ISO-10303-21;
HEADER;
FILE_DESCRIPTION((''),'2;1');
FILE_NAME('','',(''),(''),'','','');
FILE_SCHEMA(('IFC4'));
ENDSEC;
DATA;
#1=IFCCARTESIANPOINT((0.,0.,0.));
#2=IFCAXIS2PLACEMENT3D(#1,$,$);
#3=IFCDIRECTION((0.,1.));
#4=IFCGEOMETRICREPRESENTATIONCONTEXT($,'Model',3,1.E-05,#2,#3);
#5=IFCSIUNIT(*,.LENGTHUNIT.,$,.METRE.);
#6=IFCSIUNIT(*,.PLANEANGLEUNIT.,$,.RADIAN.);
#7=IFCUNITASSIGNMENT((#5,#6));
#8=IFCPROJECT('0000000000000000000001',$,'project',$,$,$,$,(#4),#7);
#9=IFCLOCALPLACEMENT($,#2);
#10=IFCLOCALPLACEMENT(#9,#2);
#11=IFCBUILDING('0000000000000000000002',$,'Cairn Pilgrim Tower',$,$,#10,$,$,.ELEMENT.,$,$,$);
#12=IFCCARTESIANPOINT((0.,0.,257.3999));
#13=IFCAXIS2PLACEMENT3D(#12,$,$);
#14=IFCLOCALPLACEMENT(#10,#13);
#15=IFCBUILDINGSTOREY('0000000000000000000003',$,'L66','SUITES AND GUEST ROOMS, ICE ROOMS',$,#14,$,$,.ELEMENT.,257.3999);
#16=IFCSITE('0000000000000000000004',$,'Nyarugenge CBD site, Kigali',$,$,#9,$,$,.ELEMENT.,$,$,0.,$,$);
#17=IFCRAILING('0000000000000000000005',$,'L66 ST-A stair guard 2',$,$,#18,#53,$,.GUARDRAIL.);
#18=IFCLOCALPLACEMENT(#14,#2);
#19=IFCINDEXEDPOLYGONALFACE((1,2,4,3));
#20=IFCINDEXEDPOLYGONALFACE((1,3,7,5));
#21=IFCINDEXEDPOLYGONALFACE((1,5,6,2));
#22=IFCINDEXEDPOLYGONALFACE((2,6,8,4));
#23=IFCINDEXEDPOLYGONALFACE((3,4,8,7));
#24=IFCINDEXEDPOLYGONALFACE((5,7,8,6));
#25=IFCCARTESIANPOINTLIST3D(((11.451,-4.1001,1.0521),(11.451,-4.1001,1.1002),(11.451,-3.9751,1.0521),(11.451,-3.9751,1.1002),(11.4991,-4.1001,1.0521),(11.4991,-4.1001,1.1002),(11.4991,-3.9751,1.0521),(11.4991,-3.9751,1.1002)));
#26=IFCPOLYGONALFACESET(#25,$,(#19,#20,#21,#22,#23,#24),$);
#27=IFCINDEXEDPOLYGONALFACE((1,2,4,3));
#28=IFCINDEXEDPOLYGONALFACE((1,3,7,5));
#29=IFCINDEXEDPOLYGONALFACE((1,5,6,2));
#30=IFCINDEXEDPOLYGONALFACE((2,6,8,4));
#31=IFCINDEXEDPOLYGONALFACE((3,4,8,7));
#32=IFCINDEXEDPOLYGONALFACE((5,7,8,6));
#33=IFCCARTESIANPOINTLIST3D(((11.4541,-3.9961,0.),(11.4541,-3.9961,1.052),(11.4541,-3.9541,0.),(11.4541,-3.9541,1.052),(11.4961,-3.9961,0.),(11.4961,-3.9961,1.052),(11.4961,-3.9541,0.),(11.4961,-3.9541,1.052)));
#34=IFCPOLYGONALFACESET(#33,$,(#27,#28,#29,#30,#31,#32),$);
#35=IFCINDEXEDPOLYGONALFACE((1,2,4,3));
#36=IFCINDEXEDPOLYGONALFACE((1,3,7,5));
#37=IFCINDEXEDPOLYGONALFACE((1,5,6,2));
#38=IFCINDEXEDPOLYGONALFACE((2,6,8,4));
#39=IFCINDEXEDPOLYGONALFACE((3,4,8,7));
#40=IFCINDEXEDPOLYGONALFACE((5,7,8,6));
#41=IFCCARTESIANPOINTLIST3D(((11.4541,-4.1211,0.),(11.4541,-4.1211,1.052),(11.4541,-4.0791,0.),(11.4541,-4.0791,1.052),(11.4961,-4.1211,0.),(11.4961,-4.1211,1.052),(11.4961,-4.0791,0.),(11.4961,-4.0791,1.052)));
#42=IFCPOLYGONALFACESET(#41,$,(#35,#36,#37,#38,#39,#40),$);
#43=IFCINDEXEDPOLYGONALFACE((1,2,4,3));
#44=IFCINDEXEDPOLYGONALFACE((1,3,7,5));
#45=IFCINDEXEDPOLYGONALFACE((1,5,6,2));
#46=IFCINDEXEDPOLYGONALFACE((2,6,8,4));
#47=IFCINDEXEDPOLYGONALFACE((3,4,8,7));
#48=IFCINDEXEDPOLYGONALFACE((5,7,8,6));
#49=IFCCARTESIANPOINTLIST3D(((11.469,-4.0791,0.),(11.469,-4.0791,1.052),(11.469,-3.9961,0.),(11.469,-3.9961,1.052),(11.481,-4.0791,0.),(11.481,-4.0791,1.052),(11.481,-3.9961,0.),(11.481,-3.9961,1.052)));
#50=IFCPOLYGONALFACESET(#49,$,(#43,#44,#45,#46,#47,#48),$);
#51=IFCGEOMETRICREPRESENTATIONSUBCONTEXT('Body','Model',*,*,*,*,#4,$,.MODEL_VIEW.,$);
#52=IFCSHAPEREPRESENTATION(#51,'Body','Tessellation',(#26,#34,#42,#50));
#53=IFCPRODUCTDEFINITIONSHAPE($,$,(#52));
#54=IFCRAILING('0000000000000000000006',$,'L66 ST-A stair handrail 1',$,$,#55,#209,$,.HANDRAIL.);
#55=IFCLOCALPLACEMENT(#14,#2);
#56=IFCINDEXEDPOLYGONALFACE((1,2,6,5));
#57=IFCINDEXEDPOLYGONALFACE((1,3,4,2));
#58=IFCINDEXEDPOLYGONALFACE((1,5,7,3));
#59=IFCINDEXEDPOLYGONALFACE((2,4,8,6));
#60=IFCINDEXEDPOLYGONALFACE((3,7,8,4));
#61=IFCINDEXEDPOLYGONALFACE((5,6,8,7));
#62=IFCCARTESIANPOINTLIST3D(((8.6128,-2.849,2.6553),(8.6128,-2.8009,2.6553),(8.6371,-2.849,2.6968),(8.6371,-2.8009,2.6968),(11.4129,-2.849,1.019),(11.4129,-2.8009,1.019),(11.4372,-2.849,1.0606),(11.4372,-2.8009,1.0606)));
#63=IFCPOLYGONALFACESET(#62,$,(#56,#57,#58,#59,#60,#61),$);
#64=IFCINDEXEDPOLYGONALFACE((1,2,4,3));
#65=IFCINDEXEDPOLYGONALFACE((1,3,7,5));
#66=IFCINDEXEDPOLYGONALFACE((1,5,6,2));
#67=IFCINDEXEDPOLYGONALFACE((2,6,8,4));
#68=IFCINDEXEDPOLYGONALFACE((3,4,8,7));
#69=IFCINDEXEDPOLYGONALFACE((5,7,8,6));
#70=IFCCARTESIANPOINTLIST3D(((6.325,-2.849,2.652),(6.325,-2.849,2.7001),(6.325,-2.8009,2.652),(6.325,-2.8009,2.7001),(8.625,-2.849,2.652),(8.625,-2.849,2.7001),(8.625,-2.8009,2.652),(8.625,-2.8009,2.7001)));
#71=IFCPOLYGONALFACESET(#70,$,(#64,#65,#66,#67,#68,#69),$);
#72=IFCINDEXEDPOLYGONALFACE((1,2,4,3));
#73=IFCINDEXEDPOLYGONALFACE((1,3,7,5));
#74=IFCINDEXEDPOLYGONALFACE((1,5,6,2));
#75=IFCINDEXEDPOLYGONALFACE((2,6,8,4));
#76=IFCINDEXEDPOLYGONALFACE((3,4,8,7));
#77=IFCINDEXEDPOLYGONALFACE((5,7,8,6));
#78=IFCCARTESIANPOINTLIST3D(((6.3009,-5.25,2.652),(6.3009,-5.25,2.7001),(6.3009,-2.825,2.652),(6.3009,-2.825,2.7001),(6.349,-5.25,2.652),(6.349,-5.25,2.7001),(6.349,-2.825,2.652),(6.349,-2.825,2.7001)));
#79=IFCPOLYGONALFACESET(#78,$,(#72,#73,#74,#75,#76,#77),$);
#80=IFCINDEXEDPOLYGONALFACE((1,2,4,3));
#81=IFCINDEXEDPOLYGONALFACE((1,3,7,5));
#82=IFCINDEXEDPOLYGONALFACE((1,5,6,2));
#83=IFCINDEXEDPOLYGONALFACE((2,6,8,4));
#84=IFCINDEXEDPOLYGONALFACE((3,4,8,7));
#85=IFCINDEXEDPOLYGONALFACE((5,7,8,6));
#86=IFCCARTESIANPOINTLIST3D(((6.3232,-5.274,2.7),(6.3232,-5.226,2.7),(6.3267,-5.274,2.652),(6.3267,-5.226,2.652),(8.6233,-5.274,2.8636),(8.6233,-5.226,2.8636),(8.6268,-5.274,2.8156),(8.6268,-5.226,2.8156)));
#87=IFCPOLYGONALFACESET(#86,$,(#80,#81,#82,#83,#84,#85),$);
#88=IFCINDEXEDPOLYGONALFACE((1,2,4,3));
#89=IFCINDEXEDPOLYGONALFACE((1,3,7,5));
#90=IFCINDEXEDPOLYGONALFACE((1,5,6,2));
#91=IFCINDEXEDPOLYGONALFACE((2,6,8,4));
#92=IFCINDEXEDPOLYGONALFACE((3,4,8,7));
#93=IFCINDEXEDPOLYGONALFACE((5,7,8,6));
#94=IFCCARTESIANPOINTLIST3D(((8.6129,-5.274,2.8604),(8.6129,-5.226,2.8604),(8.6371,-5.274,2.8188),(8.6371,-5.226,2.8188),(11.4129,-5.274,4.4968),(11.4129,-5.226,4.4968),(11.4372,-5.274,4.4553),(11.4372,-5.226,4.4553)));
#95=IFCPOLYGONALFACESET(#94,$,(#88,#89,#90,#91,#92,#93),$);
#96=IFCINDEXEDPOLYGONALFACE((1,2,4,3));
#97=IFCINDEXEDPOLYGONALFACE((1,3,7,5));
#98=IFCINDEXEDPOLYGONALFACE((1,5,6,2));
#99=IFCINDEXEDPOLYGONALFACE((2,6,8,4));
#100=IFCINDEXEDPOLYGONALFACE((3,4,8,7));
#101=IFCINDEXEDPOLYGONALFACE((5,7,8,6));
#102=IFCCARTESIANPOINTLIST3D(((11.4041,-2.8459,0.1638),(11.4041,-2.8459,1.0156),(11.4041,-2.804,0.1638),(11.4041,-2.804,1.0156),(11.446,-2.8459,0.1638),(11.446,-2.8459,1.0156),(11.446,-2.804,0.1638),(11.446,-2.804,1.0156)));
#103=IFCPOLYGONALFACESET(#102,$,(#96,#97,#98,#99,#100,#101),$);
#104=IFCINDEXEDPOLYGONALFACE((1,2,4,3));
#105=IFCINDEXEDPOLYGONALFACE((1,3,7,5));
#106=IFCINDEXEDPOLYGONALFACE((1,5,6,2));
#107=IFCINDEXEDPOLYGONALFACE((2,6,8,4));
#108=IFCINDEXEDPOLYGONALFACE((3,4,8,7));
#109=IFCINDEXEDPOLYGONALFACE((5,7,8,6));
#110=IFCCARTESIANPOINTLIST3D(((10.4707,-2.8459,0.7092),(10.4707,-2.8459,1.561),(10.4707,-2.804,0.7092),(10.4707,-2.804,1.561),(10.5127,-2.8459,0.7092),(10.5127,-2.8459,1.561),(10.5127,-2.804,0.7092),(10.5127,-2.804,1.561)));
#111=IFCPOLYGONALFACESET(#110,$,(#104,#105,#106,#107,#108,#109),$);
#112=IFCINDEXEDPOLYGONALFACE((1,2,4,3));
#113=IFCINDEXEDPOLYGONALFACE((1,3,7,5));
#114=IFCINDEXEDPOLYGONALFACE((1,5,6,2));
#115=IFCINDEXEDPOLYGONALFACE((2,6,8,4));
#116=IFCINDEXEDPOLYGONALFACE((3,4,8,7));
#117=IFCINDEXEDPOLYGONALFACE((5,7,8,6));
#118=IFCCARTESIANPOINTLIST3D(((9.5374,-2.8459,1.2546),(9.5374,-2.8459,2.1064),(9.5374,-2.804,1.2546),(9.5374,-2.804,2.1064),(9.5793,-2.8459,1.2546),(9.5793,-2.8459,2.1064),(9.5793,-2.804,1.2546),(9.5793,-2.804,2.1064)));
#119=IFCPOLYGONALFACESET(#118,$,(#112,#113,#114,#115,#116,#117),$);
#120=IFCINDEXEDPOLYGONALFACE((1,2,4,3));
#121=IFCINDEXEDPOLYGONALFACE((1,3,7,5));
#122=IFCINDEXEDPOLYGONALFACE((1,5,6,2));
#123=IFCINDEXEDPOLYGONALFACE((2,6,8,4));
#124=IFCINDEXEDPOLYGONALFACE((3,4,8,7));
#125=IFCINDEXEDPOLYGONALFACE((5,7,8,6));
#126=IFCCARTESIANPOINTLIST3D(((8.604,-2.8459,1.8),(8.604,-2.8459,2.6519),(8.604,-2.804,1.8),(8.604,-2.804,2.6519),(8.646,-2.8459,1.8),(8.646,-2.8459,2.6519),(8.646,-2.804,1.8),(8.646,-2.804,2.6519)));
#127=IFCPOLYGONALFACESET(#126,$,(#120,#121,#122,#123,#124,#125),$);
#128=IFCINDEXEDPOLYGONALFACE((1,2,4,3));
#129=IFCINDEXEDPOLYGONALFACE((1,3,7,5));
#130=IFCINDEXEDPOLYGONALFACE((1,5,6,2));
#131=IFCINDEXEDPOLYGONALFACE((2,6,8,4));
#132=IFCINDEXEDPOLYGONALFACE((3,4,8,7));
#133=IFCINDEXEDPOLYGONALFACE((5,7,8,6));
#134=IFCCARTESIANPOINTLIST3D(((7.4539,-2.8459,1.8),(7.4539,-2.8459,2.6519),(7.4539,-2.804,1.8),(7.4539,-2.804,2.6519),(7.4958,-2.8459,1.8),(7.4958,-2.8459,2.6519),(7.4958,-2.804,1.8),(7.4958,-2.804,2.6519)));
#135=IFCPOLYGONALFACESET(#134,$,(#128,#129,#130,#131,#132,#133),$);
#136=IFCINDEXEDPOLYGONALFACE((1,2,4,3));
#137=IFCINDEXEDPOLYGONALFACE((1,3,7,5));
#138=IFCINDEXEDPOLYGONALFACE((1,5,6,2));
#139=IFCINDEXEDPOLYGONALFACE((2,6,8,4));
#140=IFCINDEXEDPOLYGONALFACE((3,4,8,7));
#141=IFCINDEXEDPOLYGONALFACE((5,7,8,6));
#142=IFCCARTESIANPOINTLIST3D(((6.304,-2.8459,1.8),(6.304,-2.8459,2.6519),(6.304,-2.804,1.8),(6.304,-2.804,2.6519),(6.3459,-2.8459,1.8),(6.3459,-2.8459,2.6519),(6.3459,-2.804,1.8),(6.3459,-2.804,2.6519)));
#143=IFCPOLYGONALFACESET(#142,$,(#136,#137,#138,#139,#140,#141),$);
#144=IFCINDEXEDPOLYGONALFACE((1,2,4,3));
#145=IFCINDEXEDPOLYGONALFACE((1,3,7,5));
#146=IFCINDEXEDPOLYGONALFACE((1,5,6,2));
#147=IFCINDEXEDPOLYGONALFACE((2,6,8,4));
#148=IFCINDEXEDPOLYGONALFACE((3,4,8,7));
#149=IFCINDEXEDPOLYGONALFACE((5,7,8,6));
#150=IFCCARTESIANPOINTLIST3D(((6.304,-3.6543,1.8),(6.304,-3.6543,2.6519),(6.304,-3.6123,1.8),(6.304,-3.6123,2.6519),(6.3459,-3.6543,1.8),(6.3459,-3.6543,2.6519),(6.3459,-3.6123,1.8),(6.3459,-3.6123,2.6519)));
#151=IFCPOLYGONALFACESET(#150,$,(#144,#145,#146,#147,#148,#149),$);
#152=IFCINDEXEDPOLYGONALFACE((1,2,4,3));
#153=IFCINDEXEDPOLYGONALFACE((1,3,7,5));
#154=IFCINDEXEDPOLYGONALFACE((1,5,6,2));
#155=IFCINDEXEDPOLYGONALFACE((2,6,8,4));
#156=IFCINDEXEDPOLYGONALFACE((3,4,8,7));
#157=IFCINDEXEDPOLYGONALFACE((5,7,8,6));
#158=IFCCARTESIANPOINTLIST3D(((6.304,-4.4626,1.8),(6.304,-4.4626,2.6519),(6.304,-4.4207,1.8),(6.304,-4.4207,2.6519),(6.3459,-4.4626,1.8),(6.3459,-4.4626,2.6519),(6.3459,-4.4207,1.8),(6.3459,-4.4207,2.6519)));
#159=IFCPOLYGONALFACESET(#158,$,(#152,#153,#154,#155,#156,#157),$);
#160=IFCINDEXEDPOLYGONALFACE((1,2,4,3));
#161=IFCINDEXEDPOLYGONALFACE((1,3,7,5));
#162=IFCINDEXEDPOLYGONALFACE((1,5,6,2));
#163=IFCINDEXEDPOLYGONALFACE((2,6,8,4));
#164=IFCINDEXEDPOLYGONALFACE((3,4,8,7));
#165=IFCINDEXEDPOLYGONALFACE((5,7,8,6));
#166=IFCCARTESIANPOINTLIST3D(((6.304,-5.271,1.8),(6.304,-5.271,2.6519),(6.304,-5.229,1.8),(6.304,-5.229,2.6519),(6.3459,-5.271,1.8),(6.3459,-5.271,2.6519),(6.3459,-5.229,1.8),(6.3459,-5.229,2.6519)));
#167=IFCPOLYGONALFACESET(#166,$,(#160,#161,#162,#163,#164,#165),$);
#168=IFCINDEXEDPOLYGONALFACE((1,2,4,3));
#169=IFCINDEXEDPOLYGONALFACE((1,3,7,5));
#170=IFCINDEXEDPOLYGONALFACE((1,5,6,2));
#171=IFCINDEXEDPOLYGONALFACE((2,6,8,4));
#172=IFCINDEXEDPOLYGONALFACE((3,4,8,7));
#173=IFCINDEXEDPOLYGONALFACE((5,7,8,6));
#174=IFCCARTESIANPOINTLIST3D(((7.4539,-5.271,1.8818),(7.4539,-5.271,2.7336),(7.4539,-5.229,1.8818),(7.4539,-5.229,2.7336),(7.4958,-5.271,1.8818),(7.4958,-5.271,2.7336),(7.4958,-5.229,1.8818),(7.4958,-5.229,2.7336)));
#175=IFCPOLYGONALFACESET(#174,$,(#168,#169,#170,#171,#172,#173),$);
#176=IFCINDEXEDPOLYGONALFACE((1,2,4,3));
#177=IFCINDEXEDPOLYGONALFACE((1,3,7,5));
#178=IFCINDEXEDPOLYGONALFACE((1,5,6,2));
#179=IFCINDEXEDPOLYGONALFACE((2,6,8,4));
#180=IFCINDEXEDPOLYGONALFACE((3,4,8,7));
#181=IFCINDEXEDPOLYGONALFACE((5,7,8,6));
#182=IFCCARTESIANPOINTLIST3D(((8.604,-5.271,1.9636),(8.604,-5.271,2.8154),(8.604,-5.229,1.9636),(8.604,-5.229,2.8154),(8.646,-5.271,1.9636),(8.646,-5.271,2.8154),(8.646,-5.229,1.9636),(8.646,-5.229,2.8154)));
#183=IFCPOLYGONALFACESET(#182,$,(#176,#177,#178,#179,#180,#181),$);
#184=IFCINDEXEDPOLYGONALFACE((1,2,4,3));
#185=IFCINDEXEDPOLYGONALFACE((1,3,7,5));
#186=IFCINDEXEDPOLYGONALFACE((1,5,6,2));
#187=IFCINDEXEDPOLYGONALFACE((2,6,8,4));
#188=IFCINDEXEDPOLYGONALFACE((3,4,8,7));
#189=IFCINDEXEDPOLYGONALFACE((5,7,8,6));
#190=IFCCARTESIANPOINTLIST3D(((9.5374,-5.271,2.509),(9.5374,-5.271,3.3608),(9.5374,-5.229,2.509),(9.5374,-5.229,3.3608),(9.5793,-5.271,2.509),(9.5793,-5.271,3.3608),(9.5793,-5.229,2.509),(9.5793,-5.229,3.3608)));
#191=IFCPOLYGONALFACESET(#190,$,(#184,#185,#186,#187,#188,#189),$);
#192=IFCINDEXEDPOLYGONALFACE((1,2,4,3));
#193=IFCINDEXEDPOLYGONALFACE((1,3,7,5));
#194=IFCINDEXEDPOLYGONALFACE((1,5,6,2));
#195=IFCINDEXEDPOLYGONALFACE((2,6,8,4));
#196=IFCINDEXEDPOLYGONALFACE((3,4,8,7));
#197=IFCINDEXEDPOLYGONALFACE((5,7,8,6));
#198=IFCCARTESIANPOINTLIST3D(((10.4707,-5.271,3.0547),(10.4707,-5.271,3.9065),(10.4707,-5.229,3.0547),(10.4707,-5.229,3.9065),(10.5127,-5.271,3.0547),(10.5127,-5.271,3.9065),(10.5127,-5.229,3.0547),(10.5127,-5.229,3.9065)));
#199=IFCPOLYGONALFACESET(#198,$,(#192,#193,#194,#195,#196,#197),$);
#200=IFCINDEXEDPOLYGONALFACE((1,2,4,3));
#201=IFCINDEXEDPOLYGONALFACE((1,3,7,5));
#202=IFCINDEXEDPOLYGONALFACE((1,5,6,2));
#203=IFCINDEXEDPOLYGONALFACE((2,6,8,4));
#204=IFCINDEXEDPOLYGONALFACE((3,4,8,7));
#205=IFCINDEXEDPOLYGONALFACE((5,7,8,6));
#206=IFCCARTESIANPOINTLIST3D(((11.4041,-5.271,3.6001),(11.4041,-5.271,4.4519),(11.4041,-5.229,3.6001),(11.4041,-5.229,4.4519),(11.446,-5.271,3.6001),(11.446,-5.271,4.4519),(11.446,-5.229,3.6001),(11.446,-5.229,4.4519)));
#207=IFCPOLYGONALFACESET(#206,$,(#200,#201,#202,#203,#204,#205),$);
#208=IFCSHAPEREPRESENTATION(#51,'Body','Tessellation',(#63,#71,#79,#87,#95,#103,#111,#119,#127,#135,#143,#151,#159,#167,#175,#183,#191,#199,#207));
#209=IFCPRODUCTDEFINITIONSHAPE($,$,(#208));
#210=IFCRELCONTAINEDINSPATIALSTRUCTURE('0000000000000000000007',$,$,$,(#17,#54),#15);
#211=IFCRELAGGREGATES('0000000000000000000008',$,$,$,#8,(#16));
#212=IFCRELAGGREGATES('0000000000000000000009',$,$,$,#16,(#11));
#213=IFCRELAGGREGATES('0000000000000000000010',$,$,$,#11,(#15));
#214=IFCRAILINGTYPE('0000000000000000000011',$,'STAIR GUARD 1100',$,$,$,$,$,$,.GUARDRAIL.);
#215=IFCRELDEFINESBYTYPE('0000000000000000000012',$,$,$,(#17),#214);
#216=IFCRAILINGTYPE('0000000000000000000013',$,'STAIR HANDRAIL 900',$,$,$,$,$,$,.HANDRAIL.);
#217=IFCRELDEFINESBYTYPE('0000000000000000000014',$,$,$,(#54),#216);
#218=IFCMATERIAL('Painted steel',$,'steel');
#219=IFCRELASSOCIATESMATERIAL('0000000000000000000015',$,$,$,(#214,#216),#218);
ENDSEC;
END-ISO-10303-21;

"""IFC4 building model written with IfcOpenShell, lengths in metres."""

from ifc_helpers import new_model, si_unit, direction, frame, origin, origin_2d, place, context, subcontext, project, spatial, polyline, rectangle, outline, extrude, material, type_object, element, save


model = new_model("IFC4")

# Units and contexts
model_context = context("Model", 3, precision=1e-05, world=origin(), true_north=direction((0.0, 1.0)))
body_context = subcontext(model_context, "Body", "Model", "MODEL_VIEW")
ifc_project = project(units=[si_unit("LENGTHUNIT", "METRE"), si_unit("PLANEANGLEUNIT", "RADIAN")], contexts=[model_context])

# Site, building, storey
site_placement = place(None, origin())
site = spatial("IfcSite", under=ifc_project, at=site_placement, Name="Nyarugenge CBD site, Kigali", CompositionType="ELEMENT", RefElevation=0.0)
building_placement = place(site_placement, origin())
building = spatial("IfcBuilding", under=site, at=building_placement, Name="Cairn Pilgrim Tower", CompositionType="ELEMENT")
storey_placement = place(building_placement, frame((0.0, 0.0, 257.3999)))
storey = spatial("IfcBuildingStorey", under=building, at=storey_placement, Name="L66", Description="SUITES AND GUEST ROOMS, ICE ROOMS", CompositionType="ELEMENT", Elevation=257.3999)

# Shared definitions
ifc_material_1 = material(Name="Painted steel", Category="steel")

# Railings
railing_type_1 = type_object("IfcRailingType", Name="STAIR GUARD 1100", PredefinedType="GUARDRAIL", material=ifc_material_1)
railing_1_placement = place(storey_placement, frame((11.4751, -3.9751, 0.0)))
element("IfcRailing", 1, at=railing_1_placement, inside=storey, type_object=railing_type_1, Name="L66 ST-A stair guard 2", PredefinedType="GUARDRAIL", context=body_context, shape_type="SweptSolid", body=[
    extrude(rectangle(XDim=0.0481, YDim=0.0481, at=origin_2d()), frame((0.0, 0.0, 1.0762), z_axis=(0.0, -1.0, 0.0), x_axis=(1.0, 0.0, 0.0)), (0.0, 0.0, 1.0), 0.125),
    extrude(rectangle(XDim=0.042, YDim=0.042, at=origin_2d()), origin(), (0.0, 0.0, 1.0), 1.052),
    extrude(rectangle(XDim=0.042, YDim=0.042, at=origin_2d()), frame((0.0, -0.125, 0.0)), (0.0, 0.0, 1.0), 1.052),
    extrude(outline(polyline([(0.021, 0.0), (0.104, 0.0), (0.104, 1.052), (0.021, 1.052), (0.021, 0.0)])), frame((0.0059, 0.0, 0.0), z_axis=(-1.0, 0.0, 0.0), x_axis=(0.0, -1.0, 0.0)), (0.0, 0.0, 1.0), 0.012),
])
railing_type_2 = type_object("IfcRailingType", Name="STAIR HANDRAIL 900", PredefinedType="HANDRAIL", material=ifc_material_1)
railing_2_placement = place(storey_placement, frame((11.425, -2.825, 0.1638)))
element("IfcRailing", 2, at=railing_2_placement, inside=storey, type_object=railing_type_2, Name="L66 ST-A stair handrail 1", PredefinedType="HANDRAIL", context=body_context, shape_type="SweptSolid", body=[
    extrude(rectangle(XDim=0.0481, YDim=0.0481, at=origin_2d()), frame((0.0, 0.0, 0.876), z_axis=(-0.863394, 0.0, 0.504531), x_axis=(0.0, -1.0, 0.0)), (0.0, 0.0, 1.0), 3.2432),
    extrude(rectangle(XDim=0.0481, YDim=0.0481, at=origin_2d()), frame((-2.8, 0.0, 2.5122), z_axis=(-1.0, 0.0, 0.0), x_axis=(0.0, -1.0, 0.0)), (0.0, 0.0, 1.0), 2.3),
    extrude(rectangle(XDim=0.0481, YDim=0.0481, at=origin_2d()), frame((-5.1001, 0.0, 2.5122), z_axis=(0.0, -1.0, 0.0), x_axis=(1.0, 0.0, 0.0)), (0.0, 0.0, 1.0), 2.425),
    extrude(rectangle(XDim=0.0481, YDim=0.0481, at=origin_2d()), frame((-5.1001, -2.425, 2.5122), z_axis=(0.997481, 0.0, 0.070939), x_axis=(0.0, 1.0, 0.0)), (0.0, 0.0, 1.0), 2.3059),
    extrude(rectangle(XDim=0.0481, YDim=0.0481, at=origin_2d()), frame((-2.8, -2.425, 2.6758), z_axis=(0.863361, 0.0, 0.504587), x_axis=(0.0, 1.0, 0.0)), (0.0, 0.0, 1.0), 3.2432),
    extrude(rectangle(XDim=0.042, YDim=0.042, at=origin_2d()), origin(), (0.0, 0.0, 1.0), 0.8518),
    extrude(rectangle(XDim=0.042, YDim=0.042, at=origin_2d()), frame((-0.9333, 0.0, 0.5454)), (0.0, 0.0, 1.0), 0.8518),
    extrude(rectangle(XDim=0.042, YDim=0.042, at=origin_2d()), frame((-1.8667, 0.0, 1.0908)), (0.0, 0.0, 1.0), 0.8518),
    extrude(rectangle(XDim=0.042, YDim=0.042, at=origin_2d()), frame((-2.8, 0.0, 1.6362)), (0.0, 0.0, 1.0), 0.8518),
    extrude(rectangle(XDim=0.042, YDim=0.042, at=origin_2d()), frame((-3.9502, 0.0, 1.6362)), (0.0, 0.0, 1.0), 0.8518),
    extrude(rectangle(XDim=0.042, YDim=0.042, at=origin_2d()), frame((-5.1001, 0.0, 1.6362)), (0.0, 0.0, 1.0), 0.8518),
    extrude(rectangle(XDim=0.042, YDim=0.042, at=origin_2d()), frame((-5.1001, -0.8083, 1.6362)), (0.0, 0.0, 1.0), 0.8518),
    extrude(rectangle(XDim=0.042, YDim=0.042, at=origin_2d()), frame((-5.1001, -1.6167, 1.6362)), (0.0, 0.0, 1.0), 0.8518),
    extrude(rectangle(XDim=0.042, YDim=0.042, at=origin_2d()), frame((-5.1001, -2.425, 1.6362)), (0.0, 0.0, 1.0), 0.8518),
    extrude(rectangle(XDim=0.042, YDim=0.042, at=origin_2d()), frame((-3.9502, -2.425, 1.718)), (0.0, 0.0, 1.0), 0.8518),
    extrude(rectangle(XDim=0.042, YDim=0.042, at=origin_2d()), frame((-2.8, -2.425, 1.7998)), (0.0, 0.0, 1.0), 0.8518),
    extrude(rectangle(XDim=0.042, YDim=0.042, at=origin_2d()), frame((-1.8667, -2.425, 2.3452)), (0.0, 0.0, 1.0), 0.8518),
    extrude(rectangle(XDim=0.042, YDim=0.042, at=origin_2d()), frame((-0.9333, -2.425, 2.8909)), (0.0, 0.0, 1.0), 0.8518),
    extrude(rectangle(XDim=0.042, YDim=0.042, at=origin_2d()), frame((0.0, -2.425, 3.4363)), (0.0, 0.0, 1.0), 0.8518),
])

save(model, "model.ifc")
